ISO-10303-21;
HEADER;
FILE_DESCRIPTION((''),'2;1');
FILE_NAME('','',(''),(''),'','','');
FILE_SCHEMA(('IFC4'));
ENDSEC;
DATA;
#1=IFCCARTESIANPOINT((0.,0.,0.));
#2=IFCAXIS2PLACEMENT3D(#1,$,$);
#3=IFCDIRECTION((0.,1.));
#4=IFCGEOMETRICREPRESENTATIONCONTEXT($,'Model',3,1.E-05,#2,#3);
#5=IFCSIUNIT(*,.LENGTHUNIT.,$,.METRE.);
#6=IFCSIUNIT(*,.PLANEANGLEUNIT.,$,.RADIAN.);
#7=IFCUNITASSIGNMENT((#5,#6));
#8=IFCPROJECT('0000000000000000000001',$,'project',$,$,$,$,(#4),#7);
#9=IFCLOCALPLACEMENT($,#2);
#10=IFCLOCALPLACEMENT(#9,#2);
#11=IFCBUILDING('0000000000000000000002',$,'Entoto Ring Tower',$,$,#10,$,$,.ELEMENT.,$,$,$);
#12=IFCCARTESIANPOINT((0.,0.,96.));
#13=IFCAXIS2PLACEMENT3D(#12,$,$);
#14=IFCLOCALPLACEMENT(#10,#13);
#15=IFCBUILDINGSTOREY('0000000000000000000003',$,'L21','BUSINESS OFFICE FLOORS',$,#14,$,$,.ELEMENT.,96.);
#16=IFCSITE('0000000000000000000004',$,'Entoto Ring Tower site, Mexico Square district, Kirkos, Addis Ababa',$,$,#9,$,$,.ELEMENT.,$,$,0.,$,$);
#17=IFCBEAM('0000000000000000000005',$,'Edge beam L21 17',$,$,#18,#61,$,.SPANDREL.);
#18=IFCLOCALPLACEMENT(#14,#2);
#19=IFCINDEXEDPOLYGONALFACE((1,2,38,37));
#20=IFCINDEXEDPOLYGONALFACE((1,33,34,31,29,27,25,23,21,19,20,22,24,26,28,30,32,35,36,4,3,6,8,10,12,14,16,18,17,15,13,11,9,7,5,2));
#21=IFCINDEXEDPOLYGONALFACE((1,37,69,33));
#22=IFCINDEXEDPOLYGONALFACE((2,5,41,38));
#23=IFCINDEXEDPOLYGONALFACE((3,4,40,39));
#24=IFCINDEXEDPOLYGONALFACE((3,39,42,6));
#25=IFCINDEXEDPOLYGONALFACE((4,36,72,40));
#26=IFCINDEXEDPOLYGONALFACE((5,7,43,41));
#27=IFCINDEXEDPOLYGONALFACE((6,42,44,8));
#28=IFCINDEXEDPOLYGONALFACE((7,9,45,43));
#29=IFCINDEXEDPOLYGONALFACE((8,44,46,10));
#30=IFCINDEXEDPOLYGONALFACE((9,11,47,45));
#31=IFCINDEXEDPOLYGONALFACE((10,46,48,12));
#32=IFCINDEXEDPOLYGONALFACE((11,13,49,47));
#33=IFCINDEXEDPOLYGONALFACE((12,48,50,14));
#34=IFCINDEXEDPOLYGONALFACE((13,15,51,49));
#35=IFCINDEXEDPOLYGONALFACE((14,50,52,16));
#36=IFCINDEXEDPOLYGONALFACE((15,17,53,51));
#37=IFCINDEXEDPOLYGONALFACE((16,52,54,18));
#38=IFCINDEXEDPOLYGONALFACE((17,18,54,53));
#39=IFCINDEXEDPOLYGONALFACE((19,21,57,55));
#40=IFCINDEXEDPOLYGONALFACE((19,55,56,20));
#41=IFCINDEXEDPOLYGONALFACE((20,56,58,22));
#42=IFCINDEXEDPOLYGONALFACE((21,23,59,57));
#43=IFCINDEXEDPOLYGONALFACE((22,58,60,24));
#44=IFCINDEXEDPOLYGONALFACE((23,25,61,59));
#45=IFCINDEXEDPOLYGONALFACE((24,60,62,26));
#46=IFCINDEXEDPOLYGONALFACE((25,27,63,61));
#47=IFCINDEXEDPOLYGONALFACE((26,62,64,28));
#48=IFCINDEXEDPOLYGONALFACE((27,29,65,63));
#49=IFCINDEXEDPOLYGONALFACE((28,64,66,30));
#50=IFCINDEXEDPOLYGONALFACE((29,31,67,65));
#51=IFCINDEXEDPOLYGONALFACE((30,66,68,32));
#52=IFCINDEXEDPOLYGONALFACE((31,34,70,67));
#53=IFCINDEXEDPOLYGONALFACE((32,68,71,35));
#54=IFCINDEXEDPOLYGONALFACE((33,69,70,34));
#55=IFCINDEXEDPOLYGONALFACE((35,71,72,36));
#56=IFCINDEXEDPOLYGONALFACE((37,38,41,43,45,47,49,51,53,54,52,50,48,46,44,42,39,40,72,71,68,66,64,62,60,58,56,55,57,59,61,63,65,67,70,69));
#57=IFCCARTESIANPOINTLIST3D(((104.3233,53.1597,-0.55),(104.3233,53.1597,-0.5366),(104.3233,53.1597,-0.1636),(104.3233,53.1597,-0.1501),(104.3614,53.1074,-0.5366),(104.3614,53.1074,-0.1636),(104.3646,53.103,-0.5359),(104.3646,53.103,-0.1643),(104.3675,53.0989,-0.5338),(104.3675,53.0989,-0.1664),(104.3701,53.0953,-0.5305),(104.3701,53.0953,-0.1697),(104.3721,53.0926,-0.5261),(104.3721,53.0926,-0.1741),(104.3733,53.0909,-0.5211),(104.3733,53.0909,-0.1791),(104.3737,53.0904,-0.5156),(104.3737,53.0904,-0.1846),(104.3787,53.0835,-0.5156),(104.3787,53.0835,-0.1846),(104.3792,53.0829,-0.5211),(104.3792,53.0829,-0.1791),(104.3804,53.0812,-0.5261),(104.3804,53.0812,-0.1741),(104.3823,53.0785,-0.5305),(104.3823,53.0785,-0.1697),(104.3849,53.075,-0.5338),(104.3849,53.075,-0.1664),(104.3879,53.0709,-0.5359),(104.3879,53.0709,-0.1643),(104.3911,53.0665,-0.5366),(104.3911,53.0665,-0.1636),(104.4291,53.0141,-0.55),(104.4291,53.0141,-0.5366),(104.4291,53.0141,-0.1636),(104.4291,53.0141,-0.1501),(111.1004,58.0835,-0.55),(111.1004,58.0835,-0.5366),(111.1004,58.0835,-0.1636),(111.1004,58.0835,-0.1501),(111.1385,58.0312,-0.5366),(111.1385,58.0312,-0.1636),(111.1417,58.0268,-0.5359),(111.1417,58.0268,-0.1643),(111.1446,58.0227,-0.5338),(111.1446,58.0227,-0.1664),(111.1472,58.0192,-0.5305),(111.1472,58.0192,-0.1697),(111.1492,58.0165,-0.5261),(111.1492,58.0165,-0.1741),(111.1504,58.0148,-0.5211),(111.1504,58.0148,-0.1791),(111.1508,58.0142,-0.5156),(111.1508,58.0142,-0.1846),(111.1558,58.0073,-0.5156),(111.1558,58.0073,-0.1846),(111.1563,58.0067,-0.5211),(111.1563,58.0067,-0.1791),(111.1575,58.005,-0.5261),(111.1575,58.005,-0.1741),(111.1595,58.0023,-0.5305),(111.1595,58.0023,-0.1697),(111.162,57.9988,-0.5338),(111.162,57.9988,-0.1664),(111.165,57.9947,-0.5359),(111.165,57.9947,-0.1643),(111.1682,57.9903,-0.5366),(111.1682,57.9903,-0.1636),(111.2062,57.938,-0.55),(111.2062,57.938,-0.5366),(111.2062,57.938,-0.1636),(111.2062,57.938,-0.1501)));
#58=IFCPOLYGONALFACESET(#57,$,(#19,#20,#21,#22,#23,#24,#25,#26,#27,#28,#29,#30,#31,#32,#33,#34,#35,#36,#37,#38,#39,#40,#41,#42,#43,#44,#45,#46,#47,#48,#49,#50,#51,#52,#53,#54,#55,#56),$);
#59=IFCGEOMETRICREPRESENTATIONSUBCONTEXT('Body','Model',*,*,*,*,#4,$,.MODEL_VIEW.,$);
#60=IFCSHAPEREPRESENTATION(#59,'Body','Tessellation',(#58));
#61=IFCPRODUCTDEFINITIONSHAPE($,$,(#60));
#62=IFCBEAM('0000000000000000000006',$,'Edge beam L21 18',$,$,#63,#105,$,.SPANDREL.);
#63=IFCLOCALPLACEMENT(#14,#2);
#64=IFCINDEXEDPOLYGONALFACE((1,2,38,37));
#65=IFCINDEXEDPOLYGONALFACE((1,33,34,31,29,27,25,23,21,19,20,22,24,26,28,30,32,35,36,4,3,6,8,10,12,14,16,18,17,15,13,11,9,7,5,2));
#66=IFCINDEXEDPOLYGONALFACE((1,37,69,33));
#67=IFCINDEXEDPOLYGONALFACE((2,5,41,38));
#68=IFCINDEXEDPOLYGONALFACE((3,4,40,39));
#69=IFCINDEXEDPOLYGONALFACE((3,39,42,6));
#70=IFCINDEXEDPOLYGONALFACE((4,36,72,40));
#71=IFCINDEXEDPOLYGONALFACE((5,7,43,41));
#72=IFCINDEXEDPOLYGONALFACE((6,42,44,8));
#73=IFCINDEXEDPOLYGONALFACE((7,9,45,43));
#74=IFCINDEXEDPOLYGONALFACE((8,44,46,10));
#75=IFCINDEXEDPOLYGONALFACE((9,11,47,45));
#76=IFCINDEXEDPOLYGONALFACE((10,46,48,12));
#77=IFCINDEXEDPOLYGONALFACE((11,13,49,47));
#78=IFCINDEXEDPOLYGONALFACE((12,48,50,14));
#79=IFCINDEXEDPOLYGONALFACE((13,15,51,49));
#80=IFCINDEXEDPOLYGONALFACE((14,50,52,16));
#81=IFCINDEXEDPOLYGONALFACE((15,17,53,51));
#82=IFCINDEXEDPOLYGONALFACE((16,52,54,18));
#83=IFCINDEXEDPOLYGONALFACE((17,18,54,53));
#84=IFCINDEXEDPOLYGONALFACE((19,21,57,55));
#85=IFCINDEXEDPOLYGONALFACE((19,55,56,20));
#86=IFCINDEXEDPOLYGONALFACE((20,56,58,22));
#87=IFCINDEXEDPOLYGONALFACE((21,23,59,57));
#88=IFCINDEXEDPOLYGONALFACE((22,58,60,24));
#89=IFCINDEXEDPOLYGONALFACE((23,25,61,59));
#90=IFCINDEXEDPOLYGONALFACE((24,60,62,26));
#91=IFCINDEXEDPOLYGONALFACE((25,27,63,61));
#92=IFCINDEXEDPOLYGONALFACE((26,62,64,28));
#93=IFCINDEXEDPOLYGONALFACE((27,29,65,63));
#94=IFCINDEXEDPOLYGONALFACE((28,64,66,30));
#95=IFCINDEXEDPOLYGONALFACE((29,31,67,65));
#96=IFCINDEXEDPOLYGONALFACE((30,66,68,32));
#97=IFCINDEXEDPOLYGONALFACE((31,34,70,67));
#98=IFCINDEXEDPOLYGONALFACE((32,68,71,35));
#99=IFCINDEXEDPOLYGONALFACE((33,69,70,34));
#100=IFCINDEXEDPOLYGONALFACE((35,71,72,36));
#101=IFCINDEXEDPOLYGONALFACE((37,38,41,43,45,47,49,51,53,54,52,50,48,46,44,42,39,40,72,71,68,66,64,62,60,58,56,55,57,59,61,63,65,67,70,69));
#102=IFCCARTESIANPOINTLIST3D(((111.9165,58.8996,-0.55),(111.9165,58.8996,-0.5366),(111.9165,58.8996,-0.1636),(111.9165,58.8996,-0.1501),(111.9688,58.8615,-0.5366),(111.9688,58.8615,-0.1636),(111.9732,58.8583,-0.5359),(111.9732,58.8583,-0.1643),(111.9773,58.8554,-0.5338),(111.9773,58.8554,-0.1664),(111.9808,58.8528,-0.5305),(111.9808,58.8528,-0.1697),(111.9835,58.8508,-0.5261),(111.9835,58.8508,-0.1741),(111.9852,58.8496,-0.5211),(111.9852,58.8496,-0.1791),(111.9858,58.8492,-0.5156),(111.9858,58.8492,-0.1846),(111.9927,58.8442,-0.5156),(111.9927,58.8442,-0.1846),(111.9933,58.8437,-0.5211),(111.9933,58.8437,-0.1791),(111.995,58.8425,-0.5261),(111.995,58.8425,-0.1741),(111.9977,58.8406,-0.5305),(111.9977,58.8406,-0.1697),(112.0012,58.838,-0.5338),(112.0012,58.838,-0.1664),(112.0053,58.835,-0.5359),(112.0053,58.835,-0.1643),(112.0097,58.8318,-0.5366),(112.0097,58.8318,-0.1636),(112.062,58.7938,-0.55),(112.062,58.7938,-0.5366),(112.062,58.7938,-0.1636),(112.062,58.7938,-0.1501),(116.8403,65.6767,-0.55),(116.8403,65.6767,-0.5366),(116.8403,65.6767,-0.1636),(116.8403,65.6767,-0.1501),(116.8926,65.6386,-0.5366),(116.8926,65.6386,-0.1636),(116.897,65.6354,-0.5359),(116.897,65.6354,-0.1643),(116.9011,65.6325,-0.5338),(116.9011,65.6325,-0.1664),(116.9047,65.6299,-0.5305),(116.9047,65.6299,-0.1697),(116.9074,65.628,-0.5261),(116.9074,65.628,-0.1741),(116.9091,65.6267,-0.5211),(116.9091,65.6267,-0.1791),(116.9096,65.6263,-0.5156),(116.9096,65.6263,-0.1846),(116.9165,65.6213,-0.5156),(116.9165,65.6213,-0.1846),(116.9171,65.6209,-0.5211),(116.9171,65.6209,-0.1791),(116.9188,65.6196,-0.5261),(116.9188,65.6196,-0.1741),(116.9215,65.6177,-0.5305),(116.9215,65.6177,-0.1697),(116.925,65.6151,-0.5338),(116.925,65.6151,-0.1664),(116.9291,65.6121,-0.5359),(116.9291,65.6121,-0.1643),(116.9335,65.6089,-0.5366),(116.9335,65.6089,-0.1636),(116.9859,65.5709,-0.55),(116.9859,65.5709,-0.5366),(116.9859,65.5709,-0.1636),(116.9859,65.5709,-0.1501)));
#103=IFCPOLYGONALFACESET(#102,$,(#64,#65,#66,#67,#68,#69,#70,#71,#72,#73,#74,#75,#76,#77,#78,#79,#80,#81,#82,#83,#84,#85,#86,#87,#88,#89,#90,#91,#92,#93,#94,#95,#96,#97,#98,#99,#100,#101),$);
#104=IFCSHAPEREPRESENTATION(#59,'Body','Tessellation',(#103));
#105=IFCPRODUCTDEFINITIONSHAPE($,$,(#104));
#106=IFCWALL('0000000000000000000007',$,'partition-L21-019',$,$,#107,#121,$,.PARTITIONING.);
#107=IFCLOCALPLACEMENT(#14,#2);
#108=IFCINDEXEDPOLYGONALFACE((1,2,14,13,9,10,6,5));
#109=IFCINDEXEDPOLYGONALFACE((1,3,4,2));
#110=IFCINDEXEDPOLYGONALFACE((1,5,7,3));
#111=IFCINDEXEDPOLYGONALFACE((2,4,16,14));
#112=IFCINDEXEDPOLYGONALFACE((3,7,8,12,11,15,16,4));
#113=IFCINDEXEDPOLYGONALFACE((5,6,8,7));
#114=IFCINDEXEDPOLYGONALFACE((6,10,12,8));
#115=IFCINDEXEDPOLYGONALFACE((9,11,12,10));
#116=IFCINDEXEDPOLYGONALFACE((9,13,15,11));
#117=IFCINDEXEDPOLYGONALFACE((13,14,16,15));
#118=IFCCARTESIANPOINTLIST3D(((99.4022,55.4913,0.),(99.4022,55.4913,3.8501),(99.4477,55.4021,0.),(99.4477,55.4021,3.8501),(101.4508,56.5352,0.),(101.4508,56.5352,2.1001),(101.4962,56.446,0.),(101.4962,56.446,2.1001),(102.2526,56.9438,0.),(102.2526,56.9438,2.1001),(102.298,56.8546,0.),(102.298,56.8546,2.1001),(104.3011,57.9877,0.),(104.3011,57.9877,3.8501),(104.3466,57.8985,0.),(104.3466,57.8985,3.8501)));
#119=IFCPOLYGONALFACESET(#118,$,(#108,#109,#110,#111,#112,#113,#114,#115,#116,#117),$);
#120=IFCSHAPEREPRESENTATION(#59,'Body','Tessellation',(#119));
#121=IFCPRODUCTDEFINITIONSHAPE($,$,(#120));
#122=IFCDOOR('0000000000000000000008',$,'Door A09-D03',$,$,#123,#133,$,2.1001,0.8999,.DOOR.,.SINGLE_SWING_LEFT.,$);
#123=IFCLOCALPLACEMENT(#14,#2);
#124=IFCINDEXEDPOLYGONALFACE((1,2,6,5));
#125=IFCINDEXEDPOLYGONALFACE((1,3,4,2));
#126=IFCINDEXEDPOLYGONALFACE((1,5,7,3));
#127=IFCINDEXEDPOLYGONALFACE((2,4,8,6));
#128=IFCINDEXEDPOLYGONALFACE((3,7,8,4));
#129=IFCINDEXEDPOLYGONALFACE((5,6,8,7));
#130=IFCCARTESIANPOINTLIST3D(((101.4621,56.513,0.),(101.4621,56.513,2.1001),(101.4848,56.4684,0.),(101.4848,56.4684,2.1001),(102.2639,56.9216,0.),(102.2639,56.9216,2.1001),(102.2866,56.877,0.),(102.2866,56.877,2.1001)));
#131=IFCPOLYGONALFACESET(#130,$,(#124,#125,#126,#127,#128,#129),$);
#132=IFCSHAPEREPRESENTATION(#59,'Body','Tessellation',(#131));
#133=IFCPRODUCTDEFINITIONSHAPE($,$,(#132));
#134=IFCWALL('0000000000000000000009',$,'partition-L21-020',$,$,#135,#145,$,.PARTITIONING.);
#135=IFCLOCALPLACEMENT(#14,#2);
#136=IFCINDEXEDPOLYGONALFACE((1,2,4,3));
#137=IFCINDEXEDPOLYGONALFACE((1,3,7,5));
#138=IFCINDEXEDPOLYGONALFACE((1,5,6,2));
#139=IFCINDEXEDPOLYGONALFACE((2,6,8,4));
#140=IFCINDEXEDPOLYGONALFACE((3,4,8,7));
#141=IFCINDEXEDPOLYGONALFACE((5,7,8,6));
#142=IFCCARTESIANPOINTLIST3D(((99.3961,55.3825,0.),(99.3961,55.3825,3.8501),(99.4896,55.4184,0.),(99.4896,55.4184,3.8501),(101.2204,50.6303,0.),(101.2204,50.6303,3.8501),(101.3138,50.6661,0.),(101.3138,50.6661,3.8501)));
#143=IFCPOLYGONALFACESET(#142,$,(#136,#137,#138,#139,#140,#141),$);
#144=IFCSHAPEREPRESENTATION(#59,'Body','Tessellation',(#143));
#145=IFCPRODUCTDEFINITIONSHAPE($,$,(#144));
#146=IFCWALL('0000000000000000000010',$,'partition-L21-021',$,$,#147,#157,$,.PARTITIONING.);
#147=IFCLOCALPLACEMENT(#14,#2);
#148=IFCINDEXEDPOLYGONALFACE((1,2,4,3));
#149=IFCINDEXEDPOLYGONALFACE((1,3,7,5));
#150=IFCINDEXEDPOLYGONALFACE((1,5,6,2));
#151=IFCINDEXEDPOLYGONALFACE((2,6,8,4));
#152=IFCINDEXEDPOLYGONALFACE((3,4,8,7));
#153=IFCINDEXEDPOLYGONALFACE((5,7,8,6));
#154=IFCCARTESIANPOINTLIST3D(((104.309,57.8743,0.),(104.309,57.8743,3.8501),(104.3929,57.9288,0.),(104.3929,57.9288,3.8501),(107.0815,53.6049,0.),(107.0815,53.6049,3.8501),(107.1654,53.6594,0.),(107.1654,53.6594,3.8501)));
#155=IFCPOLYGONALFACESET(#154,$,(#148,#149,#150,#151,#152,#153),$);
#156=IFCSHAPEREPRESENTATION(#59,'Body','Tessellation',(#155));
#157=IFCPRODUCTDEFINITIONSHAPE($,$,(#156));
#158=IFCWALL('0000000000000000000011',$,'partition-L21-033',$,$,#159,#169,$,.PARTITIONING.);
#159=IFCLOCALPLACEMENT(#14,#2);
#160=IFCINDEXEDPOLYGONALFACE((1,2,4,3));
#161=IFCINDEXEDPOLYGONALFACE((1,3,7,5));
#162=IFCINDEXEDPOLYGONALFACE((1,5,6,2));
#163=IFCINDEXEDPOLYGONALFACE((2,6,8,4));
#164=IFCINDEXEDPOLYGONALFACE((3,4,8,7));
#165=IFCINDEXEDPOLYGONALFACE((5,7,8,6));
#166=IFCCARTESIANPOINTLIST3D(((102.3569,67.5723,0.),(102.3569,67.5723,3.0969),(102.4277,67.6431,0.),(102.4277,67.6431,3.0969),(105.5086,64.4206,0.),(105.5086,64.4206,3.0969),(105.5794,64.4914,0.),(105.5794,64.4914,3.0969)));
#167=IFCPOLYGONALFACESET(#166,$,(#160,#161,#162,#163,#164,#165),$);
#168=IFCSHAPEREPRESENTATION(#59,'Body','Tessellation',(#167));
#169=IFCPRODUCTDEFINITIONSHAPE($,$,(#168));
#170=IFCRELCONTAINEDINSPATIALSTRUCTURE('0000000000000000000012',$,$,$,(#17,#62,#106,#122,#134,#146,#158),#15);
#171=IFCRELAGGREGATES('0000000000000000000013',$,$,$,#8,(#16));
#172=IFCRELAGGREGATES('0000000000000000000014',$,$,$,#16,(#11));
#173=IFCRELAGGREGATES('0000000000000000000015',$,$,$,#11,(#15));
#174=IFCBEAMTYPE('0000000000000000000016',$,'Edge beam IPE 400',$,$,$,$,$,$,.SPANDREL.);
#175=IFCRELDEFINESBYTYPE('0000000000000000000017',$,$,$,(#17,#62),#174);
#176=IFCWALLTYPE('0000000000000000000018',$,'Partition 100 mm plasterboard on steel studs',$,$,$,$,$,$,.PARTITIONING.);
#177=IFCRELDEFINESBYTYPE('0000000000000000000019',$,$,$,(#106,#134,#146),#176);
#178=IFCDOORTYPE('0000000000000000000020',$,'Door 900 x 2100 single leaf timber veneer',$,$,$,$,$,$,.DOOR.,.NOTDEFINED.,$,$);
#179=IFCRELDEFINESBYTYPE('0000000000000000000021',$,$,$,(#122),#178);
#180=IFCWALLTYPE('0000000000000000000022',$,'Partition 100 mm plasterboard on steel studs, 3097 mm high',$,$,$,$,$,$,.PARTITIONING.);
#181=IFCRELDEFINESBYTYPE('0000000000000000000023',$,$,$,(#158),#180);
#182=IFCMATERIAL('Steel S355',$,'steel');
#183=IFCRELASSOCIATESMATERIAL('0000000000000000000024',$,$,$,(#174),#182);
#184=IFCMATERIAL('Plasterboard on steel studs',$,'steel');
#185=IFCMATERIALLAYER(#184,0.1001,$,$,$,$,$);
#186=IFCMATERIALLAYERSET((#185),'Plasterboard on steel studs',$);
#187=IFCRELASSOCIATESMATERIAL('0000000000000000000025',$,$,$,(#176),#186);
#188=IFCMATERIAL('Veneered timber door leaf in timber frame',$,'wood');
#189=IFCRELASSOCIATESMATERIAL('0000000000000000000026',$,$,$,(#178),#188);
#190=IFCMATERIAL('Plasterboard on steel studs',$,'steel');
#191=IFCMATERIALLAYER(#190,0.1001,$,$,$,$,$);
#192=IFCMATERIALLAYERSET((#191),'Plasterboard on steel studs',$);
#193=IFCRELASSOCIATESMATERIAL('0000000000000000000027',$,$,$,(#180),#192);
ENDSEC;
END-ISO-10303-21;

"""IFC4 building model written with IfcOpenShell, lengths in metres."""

from ifc_helpers import new_model, si_unit, direction, frame, frame_2d, origin, origin_2d, place, context, subcontext, project, spatial, rectangle, i_section, extrude, material, layer, layer_set, material_profile, profile_set, type_object, element, fill, save


model = new_model("IFC4")

# Units and contexts
model_context = context("Model", 3, precision=1e-05, world=origin(), true_north=direction((0.0, 1.0)))
body_context = subcontext(model_context, "Body", "Model", "MODEL_VIEW")
ifc_project = project(units=[si_unit("LENGTHUNIT", "METRE"), si_unit("PLANEANGLEUNIT", "RADIAN")], contexts=[model_context])

# Site, building, storey
site_placement = place(None, origin())
site = spatial("IfcSite", under=ifc_project, at=site_placement, Name="Entoto Ring Tower site, Mexico Square district, Kirkos, Addis Ababa", CompositionType="ELEMENT", RefElevation=0.0)
building_placement = place(site_placement, origin())
building = spatial("IfcBuilding", under=site, at=building_placement, Name="Entoto Ring Tower", CompositionType="ELEMENT")
storey_placement = place(building_placement, frame((0.0, 0.0, 96.0)))
storey = spatial("IfcBuildingStorey", under=building, at=storey_placement, Name="L21", Description="BUSINESS OFFICE FLOORS", CompositionType="ELEMENT", Elevation=96.0)

# Beams
ifc_material_1 = material(Name="Steel S355", Category="steel")
ifc_material_profile_1 = material_profile(ifc_material_1, i_section(OverallWidth=0.1799, OverallDepth=0.3999, WebThickness=0.0085, FlangeThickness=0.0134, FilletRadius=0.021, at=origin_2d()), Name="IPE 400")
ifc_profile_set_1 = profile_set([ifc_material_profile_1], Name="Steel S355")
beam_type = type_object("IfcBeamType", Name="Edge beam IPE 400", PredefinedType="SPANDREL", material=ifc_profile_set_1)
for number, where, z_axis, x_axis, name in (
    (1, (104.3762, 53.0869, -0.3501), (0.809018, 0.587783, 0.0), (-0.587783, 0.809018, 0.0), "Edge beam L21 17"),
    (2, (111.9893, 58.8467, -0.3501), (0.587783, 0.809018, 0.0), (-0.809018, 0.587783, 0.0), "Edge beam L21 18"),
):
    element("IfcBeam", number, at=place(storey_placement, frame(where, z_axis=z_axis, x_axis=x_axis)), inside=storey, type_object=beam_type, Name=name, PredefinedType="SPANDREL", context=body_context, shape_type="SweptSolid", body=[
        extrude(i_section(OverallWidth=0.1799, OverallDepth=0.3999, WebThickness=0.0085, FlangeThickness=0.0134, FilletRadius=0.021, at=origin_2d()), origin(), (0.0, 0.0, 1.0), 8.377),
    ])

# Wall, opening, door
ifc_material_2 = material(Name="Plasterboard on steel studs", Category="steel")
ifc_layer_1 = layer(ifc_material_2, 0.1001)
ifc_layer_set_1 = layer_set([ifc_layer_1], Name="Plasterboard on steel studs")
wall_type_1 = type_object("IfcWallType", Name="Partition 100 mm plasterboard on steel studs", PredefinedType="PARTITIONING", material=ifc_layer_set_1)
wall_1_placement = place(storey_placement, frame((99.425, 55.4468, 0.0), z_axis=(0.0, 0.0, 1.0), x_axis=(0.890991, 0.454021, 0.0)))
wall_1 = element("IfcWall", 3, at=wall_1_placement, inside=storey, type_object=wall_type_1, Name="partition-L21-019", PredefinedType="PARTITIONING", context=body_context, shape_type="SweptSolid", body=[
    extrude(rectangle(XDim=5.4983, YDim=0.1001, at=frame_2d((2.749, 0.0))), origin(), (0.0, 0.0, 1.0), 3.8501),
])
opening_placement = place(wall_1_placement, frame((2.2991, 0.0, 0.0)))
opening = element("IfcOpeningElement", 4, at=opening_placement, cuts=wall_1, PredefinedType="OPENING", context=body_context, shape_type="SweptSolid", body=[
    extrude(rectangle(XDim=0.8999, YDim=2.1001, at=frame_2d((0.45, 1.05))), frame((0.0, 0.0601, 0.0), z_axis=(0.0, -1.0, 0.0), x_axis=(1.0, 0.0, 0.0)), (0.0, 0.0, 1.0), 0.1201),
])
ifc_material_3 = material(Name="Veneered timber door leaf in timber frame", Category="wood")
door_type = type_object("IfcDoorType", Name="Door 900 x 2100 single leaf timber veneer", OperationType="NOTDEFINED", PredefinedType="DOOR", material=ifc_material_3)
door_placement = place(opening_placement, frame((0.8999, 0.0, 0.0), z_axis=(0.0, 0.0, 1.0), x_axis=(-1.0, 0.0, 0.0)))
door = element("IfcDoor", 5, at=door_placement, inside=storey, type_object=door_type, Name="Door A09-D03", OperationType="SINGLE_SWING_LEFT", OverallHeight=2.1001, OverallWidth=0.8999, PredefinedType="DOOR", context=body_context, shape_type="SweptSolid", body=[
    extrude(rectangle(XDim=0.8999, YDim=2.1001, at=frame_2d((0.45, 1.05))), frame((0.0, 0.0249, 0.0), z_axis=(0.0, -1.0, 0.0), x_axis=(1.0, 0.0, 0.0)), (0.0, 0.0, 1.0), 0.05),
])
fill(opening, door)

# Walls
wall_2_placement = place(storey_placement, frame((101.2671, 50.6482, 0.0), z_axis=(0.0, 0.0, 1.0), x_axis=(-0.358372, 0.933579, 0.0)))
element("IfcWall", 6, at=wall_2_placement, inside=storey, type_object=wall_type_1, Name="partition-L21-020", PredefinedType="PARTITIONING", context=body_context, shape_type="SweptSolid", body=[
    extrude(rectangle(XDim=5.0903, YDim=0.1001, at=frame_2d((2.5452, 0.0))), origin(), (0.0, 0.0, 1.0), 3.8501),
])
wall_3_placement = place(storey_placement, frame((107.1235, 53.6321, 0.0), z_axis=(0.0, 0.0, 1.0), x_axis=(-0.544633, 0.838675, 0.0)))
element("IfcWall", 7, at=wall_3_placement, inside=storey, type_object=wall_type_1, Name="partition-L21-021", PredefinedType="PARTITIONING", context=body_context, shape_type="SweptSolid", body=[
    extrude(rectangle(XDim=5.0906, YDim=0.1001, at=frame_2d((2.5454, 0.0))), origin(), (0.0, 0.0, 1.0), 3.8501),
])
ifc_material_4 = material(Name="Plasterboard on steel studs", Category="steel")
ifc_layer_2 = layer(ifc_material_4, 0.1001)
ifc_layer_set_2 = layer_set([ifc_layer_2], Name="Plasterboard on steel studs")
wall_type_2 = type_object("IfcWallType", Name="Partition 100 mm plasterboard on steel studs, 3097 mm high", PredefinedType="PARTITIONING", material=ifc_layer_set_2)
wall_4_placement = place(storey_placement, frame((105.5439, 64.4561, 0.0), z_axis=(0.0, 0.0, 1.0), x_axis=(-0.707107, 0.707107, 0.0)))
element("IfcWall", 8, at=wall_4_placement, inside=storey, type_object=wall_type_2, Name="partition-L21-033", PredefinedType="PARTITIONING", context=body_context, shape_type="SweptSolid", body=[
    extrude(rectangle(XDim=4.4573, YDim=0.1001, at=frame_2d((2.2285, 0.0))), origin(), (0.0, 0.0, 1.0), 3.0969),
])

save(model, "model.ifc")
